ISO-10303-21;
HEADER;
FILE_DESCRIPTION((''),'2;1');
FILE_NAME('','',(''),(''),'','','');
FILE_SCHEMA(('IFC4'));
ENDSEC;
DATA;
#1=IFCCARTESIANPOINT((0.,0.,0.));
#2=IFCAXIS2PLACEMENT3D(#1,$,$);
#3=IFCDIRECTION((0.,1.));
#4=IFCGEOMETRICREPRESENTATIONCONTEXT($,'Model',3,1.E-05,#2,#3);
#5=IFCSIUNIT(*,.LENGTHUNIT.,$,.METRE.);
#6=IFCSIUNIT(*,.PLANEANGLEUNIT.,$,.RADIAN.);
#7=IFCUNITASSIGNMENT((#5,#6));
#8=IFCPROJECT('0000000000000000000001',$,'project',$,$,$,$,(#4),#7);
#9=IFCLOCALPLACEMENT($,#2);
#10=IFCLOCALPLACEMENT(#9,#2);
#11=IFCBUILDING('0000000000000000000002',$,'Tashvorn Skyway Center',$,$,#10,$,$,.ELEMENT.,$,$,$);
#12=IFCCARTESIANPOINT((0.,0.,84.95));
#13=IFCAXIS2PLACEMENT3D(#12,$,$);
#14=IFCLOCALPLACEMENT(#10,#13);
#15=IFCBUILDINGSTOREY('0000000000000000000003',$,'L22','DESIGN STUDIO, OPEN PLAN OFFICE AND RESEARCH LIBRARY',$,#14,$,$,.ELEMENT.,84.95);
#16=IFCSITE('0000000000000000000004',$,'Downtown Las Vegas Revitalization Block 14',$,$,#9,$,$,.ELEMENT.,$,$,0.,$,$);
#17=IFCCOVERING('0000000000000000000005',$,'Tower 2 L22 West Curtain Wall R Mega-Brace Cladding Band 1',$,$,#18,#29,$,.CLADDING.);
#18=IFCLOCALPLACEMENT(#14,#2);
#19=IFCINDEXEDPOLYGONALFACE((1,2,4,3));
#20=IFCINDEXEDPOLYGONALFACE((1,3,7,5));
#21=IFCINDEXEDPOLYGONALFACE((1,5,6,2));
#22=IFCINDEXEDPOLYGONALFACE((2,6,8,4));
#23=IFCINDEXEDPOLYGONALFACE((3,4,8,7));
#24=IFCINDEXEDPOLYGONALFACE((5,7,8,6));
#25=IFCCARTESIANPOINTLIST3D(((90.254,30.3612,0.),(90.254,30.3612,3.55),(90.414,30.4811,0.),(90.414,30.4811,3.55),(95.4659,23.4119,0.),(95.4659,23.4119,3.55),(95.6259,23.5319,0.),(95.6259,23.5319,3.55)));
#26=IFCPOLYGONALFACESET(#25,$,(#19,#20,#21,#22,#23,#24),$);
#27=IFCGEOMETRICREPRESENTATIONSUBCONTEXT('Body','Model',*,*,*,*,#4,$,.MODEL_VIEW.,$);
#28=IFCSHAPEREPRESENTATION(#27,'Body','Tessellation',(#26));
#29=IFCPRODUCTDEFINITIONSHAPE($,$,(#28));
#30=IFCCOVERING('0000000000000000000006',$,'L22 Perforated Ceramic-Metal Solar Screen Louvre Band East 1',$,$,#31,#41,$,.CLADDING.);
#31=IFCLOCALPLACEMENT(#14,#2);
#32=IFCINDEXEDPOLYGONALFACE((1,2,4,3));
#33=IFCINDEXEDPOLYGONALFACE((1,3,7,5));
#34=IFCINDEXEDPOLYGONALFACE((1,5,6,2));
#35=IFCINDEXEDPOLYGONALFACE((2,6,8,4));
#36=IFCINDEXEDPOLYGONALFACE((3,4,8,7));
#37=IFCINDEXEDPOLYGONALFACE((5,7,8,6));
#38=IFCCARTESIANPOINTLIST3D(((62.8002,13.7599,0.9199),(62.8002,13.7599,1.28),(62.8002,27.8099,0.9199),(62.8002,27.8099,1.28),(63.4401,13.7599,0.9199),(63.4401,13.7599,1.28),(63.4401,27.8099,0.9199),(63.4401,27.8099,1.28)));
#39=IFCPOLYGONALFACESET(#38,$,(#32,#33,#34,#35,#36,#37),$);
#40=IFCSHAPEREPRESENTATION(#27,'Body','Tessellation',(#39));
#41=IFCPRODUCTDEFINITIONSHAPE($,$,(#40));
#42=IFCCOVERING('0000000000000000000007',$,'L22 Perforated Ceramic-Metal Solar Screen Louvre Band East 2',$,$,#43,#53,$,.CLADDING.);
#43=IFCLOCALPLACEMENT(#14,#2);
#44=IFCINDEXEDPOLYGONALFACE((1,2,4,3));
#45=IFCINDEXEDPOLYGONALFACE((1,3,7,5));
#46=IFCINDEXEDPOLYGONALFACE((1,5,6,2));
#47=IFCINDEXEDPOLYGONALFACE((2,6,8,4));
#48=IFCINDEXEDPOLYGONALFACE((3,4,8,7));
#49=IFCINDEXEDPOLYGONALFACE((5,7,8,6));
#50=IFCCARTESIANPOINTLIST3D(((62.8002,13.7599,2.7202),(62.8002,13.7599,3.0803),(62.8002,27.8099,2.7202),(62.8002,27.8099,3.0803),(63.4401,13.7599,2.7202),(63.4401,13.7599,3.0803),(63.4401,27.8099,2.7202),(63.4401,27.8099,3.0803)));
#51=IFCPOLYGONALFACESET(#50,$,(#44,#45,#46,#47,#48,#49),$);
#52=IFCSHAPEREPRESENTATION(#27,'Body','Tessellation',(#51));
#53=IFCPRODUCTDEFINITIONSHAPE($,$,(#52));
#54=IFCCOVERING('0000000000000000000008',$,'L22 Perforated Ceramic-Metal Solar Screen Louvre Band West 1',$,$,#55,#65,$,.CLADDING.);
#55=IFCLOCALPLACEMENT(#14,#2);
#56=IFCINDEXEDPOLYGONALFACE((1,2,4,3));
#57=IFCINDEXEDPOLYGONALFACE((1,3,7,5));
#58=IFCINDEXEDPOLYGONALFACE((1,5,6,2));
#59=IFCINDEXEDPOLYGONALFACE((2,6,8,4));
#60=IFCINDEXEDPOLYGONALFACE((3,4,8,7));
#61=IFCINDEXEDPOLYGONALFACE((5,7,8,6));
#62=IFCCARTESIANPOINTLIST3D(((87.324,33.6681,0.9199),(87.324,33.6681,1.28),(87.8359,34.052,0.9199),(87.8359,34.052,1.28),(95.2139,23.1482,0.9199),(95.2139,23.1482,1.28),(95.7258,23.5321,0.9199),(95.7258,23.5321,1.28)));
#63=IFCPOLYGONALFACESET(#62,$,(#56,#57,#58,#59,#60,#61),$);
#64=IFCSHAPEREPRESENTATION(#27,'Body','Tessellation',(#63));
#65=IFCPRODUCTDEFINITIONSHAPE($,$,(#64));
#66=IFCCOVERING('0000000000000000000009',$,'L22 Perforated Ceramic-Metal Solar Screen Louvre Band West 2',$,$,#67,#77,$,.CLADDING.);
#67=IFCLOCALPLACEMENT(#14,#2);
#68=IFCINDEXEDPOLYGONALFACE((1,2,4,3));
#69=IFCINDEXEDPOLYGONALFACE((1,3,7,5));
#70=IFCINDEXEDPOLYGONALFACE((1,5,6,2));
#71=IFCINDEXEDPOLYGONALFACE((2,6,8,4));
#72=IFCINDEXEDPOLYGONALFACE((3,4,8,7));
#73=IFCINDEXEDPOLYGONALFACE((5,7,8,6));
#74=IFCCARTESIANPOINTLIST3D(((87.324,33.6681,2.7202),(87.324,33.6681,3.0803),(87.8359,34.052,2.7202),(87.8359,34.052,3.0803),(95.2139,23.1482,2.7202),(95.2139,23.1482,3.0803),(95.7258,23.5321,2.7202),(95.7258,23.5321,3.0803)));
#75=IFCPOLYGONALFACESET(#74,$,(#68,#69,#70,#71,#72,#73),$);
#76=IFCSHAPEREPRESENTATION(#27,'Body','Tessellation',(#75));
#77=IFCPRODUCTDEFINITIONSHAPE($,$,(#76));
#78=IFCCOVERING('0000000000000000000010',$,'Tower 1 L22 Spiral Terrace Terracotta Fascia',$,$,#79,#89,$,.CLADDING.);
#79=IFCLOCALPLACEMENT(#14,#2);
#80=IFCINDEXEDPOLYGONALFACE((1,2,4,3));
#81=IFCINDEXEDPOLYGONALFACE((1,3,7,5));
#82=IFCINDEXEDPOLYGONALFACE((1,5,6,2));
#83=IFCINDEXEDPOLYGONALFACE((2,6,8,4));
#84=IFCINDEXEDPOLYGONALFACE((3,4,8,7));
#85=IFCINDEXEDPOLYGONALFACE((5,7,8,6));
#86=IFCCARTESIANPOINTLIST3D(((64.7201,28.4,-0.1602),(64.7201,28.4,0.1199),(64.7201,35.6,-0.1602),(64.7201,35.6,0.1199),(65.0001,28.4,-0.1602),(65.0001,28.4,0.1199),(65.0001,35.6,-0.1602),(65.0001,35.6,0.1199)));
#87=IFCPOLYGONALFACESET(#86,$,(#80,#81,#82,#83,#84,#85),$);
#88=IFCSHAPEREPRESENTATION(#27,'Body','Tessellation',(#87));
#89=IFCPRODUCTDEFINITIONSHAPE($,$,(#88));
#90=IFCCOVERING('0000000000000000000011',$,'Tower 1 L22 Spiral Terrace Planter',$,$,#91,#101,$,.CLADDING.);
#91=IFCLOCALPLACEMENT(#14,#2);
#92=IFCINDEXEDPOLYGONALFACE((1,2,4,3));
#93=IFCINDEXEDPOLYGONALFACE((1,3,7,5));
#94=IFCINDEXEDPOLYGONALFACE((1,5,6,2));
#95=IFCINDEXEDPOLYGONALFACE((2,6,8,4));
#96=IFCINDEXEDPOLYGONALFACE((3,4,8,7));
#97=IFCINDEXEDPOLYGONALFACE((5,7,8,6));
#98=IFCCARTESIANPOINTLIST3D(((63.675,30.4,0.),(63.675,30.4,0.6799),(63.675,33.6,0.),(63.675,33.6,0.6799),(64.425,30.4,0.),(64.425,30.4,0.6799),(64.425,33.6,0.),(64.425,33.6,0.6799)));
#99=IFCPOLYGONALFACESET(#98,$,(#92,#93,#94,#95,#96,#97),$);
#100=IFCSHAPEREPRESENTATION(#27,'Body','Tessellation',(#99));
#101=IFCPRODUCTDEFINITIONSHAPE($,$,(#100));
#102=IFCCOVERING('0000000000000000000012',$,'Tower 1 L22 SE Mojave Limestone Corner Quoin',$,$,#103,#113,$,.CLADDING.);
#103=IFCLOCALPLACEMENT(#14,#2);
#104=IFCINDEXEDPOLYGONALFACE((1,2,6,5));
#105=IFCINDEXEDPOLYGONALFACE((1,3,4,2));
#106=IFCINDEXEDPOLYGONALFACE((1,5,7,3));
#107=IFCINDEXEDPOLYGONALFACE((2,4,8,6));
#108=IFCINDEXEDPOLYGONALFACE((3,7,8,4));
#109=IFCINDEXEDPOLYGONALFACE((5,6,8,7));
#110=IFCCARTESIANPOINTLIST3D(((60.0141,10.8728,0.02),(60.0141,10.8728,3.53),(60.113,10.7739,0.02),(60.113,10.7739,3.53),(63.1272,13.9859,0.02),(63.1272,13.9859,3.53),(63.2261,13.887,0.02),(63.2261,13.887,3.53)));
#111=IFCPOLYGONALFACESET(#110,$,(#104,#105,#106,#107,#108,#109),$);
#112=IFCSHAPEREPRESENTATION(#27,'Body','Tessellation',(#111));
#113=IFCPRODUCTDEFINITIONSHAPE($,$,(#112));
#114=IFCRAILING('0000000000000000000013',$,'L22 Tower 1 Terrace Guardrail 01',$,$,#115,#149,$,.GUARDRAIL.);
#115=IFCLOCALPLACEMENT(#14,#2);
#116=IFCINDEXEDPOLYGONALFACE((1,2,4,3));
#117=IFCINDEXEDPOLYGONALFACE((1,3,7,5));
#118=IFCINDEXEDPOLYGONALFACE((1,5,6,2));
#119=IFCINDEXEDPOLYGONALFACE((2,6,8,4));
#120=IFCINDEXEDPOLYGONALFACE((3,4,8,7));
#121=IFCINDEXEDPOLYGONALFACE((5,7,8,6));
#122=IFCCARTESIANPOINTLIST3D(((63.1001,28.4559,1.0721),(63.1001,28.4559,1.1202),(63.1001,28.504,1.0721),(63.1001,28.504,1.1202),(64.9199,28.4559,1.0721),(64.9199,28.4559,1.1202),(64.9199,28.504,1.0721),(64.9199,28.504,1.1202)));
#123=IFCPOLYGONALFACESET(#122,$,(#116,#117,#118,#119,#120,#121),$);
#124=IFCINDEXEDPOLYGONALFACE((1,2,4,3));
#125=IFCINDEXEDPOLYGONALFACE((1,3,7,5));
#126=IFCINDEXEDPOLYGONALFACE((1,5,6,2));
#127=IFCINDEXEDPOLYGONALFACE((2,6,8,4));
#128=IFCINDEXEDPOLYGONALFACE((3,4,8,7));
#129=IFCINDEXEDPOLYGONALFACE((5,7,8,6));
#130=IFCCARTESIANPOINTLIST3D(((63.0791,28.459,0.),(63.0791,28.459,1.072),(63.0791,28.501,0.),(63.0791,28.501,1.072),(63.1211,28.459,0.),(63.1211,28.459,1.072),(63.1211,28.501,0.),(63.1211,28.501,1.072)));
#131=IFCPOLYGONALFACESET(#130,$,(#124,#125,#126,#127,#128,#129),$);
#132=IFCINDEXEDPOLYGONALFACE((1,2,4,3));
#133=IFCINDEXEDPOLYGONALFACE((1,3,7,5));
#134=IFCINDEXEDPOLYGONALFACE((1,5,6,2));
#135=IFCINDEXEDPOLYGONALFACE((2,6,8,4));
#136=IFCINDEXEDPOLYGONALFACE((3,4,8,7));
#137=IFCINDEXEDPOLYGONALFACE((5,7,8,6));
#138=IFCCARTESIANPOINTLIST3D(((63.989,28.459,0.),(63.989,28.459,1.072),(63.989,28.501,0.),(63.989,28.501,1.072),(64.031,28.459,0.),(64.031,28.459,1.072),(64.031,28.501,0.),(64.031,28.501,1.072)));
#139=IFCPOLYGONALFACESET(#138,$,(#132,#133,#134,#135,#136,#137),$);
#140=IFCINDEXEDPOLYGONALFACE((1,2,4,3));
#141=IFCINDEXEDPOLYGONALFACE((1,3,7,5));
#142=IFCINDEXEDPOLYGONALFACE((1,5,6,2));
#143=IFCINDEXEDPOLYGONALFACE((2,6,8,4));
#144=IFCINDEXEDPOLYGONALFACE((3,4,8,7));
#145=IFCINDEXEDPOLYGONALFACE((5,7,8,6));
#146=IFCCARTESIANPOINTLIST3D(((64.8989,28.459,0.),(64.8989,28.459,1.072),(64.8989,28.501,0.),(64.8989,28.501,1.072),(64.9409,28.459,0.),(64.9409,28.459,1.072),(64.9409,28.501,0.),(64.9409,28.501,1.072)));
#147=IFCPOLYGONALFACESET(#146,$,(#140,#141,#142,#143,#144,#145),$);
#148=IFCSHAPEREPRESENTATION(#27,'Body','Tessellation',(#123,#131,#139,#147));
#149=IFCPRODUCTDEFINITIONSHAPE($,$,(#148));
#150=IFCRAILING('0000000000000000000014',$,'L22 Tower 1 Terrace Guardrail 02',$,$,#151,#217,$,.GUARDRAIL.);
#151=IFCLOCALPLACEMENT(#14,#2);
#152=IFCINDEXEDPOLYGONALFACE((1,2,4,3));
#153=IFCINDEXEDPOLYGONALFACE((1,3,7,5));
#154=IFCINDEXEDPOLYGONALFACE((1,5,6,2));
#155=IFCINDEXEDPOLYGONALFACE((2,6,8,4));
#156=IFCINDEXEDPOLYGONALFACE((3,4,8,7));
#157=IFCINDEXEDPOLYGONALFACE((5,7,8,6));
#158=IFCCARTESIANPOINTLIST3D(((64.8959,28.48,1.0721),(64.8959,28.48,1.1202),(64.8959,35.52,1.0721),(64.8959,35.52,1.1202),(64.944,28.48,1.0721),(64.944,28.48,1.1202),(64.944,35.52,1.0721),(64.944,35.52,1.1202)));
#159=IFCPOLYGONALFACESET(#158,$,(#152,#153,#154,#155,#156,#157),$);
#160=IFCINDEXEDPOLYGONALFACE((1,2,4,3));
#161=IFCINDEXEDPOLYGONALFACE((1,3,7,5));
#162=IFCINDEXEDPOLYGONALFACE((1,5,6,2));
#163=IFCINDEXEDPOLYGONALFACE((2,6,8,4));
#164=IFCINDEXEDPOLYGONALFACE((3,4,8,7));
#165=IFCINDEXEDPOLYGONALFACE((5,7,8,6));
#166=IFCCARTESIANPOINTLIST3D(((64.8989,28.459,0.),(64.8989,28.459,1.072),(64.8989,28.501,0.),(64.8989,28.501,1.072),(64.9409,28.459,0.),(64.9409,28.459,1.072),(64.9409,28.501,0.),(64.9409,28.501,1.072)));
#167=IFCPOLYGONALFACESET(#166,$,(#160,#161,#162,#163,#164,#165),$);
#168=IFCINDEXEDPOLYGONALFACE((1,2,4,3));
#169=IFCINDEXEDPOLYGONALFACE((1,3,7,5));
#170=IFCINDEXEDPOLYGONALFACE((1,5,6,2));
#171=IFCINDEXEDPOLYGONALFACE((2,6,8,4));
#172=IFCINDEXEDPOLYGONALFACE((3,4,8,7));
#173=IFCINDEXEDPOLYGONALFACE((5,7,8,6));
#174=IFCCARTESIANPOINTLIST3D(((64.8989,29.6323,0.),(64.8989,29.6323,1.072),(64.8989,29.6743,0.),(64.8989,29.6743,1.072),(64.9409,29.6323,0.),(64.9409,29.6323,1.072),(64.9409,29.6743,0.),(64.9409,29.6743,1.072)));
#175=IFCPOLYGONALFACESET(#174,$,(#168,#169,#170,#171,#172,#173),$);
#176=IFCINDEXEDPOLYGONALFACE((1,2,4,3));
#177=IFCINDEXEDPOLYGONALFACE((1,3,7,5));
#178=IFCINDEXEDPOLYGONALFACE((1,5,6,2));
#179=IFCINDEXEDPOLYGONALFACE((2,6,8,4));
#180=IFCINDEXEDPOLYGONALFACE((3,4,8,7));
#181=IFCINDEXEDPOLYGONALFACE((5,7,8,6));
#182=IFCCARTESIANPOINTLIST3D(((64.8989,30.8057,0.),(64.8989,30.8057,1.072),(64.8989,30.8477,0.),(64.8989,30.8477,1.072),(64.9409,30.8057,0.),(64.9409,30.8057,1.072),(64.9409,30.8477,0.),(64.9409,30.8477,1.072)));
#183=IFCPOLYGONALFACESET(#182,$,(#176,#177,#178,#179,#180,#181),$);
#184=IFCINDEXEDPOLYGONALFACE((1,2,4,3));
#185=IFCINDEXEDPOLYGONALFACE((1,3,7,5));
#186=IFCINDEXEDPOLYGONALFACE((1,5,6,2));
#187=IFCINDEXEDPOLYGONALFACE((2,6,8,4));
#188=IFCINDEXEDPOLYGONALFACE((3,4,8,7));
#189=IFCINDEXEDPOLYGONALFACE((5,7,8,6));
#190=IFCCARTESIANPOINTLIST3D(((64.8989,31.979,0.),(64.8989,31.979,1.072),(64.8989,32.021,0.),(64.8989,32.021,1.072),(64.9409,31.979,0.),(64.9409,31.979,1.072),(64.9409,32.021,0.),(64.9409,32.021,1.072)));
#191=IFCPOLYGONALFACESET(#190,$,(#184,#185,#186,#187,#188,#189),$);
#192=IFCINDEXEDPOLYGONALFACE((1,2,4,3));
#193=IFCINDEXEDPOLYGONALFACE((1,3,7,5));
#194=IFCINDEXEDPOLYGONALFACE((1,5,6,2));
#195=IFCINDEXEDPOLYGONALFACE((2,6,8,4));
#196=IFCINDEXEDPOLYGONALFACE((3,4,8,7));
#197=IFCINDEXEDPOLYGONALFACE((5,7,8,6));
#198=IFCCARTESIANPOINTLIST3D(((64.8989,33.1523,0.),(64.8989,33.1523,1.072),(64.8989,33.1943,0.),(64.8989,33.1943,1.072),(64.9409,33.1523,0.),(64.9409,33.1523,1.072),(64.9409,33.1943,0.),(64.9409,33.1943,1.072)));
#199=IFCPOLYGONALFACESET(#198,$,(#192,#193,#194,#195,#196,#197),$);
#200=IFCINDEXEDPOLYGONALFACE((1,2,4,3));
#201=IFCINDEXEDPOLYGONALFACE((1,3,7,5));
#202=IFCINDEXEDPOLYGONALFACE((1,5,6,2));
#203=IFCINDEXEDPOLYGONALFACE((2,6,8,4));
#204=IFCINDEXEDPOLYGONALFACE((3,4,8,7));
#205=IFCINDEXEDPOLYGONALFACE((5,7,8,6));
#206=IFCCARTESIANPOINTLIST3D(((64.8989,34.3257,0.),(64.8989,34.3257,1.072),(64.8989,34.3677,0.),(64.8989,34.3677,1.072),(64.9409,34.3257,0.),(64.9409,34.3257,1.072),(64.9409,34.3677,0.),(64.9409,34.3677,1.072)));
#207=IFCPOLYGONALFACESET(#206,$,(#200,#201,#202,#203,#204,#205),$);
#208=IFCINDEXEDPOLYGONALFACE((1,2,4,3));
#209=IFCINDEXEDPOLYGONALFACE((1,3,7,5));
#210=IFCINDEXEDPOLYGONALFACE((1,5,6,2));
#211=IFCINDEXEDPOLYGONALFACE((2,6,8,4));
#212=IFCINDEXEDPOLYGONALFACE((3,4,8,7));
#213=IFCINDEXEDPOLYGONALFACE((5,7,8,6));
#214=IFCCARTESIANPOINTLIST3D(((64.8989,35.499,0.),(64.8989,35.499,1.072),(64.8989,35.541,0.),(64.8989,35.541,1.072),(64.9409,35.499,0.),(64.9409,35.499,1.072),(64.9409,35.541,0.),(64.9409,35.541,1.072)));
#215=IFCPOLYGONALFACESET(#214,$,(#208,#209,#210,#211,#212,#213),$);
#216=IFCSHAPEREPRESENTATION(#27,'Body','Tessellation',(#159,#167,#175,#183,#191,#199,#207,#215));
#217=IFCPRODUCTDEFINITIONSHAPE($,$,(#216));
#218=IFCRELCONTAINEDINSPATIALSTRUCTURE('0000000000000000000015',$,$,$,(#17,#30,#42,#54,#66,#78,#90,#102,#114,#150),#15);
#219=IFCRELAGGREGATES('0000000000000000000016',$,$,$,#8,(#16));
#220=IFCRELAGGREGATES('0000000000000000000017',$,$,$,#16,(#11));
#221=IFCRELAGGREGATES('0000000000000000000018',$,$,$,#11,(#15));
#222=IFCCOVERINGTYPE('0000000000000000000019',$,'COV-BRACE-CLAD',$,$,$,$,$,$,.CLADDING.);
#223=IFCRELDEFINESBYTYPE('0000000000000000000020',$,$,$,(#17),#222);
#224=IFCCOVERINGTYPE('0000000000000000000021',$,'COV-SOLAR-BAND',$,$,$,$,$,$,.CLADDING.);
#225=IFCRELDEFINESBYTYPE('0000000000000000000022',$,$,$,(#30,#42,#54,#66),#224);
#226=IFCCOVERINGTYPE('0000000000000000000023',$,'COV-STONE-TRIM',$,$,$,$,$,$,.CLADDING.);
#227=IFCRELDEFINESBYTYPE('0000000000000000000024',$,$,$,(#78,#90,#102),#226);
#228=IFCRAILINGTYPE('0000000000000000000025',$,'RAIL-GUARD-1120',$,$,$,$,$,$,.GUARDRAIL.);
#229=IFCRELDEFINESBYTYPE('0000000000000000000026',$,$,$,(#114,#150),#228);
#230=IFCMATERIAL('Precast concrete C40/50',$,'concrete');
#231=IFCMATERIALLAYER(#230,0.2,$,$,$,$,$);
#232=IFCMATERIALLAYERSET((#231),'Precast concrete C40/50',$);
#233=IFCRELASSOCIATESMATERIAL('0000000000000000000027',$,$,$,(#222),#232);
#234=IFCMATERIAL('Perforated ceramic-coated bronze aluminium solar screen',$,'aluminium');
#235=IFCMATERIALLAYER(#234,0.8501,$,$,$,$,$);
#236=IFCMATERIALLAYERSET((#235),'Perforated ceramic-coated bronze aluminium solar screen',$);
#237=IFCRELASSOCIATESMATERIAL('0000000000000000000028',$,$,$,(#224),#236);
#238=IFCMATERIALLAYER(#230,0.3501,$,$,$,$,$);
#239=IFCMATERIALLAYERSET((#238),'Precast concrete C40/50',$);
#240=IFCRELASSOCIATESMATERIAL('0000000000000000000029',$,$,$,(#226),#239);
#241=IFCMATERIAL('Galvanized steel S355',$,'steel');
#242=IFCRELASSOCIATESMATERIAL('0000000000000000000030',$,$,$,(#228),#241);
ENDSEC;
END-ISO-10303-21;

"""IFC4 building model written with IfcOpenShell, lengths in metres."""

from ifc_helpers import new_model, si_unit, direction, frame, origin, origin_2d, place, context, subcontext, project, spatial, rectangle, extrude, material, layer, layer_set, type_object, element, save


model = new_model("IFC4")

# Units and contexts
model_context = context("Model", 3, precision=1e-05, world=origin(), true_north=direction((0.0, 1.0)))
body_context = subcontext(model_context, "Body", "Model", "MODEL_VIEW")
ifc_project = project(units=[si_unit("LENGTHUNIT", "METRE"), si_unit("PLANEANGLEUNIT", "RADIAN")], contexts=[model_context])

# Site, building, storey
site_placement = place(None, origin())
site = spatial("IfcSite", under=ifc_project, at=site_placement, Name="Downtown Las Vegas Revitalization Block 14", CompositionType="ELEMENT", RefElevation=0.0)
building_placement = place(site_placement, origin())
building = spatial("IfcBuilding", under=site, at=building_placement, Name="Tashvorn Skyway Center", CompositionType="ELEMENT")
storey_placement = place(building_placement, frame((0.0, 0.0, 84.95)))
storey = spatial("IfcBuildingStorey", under=building, at=storey_placement, Name="L22", Description="DESIGN STUDIO, OPEN PLAN OFFICE AND RESEARCH LIBRARY", CompositionType="ELEMENT", Elevation=84.95)

# Shared definitions
ifc_material_1 = material(Name="Precast concrete C40/50", Category="concrete")

# Coverings
ifc_layer_1 = layer(ifc_material_1, 0.2)
ifc_layer_set_1 = layer_set([ifc_layer_1], Name="Precast concrete C40/50")
covering_type_1 = type_object("IfcCoveringType", Name="COV-BRACE-CLAD", PredefinedType="CLADDING", material=ifc_layer_set_1)
covering_1_placement = place(storey_placement, frame((92.9399, 26.9465, 0.0), z_axis=(0.0, 0.0, 1.0), x_axis=(-0.6, 0.8, 0.0)))
element("IfcCovering", 1, at=covering_1_placement, inside=storey, type_object=covering_type_1, Name="Tower 2 L22 West Curtain Wall R Mega-Brace Cladding Band 1", PredefinedType="CLADDING", context=body_context, shape_type="SweptSolid", body=[
    extrude(rectangle(XDim=8.6865, YDim=0.2, at=origin_2d()), origin(), (0.0, 0.0, 1.0), 3.55),
])
ifc_material_2 = material(Name="Perforated ceramic-coated bronze aluminium solar screen", Category="aluminium")
ifc_layer_2 = layer(ifc_material_2, 0.8501)
ifc_layer_set_2 = layer_set([ifc_layer_2], Name="Perforated ceramic-coated bronze aluminium solar screen")
covering_type_2 = type_object("IfcCoveringType", Name="COV-SOLAR-BAND", PredefinedType="CLADDING", material=ifc_layer_set_2)
for number, where, z_axis, x_axis, name in (
    (2, (63.1201, 20.7849, 0.9199), (0.0, 0.0, 1.0), (0.0, -1.0, 0.0), "L22 Perforated Ceramic-Metal Solar Screen Louvre Band East 1"),
    (3, (63.1201, 20.7849, 2.7202), (0.0, 0.0, 1.0), (0.0, -1.0, 0.0), "L22 Perforated Ceramic-Metal Solar Screen Louvre Band East 2"),
):
    element("IfcCovering", number, at=place(storey_placement, frame(where, z_axis=z_axis, x_axis=x_axis)), inside=storey, type_object=covering_type_2, Name=name, PredefinedType="CLADDING", context=body_context, shape_type="SweptSolid", body=[
        extrude(rectangle(XDim=14.05, YDim=0.6399, at=origin_2d()), origin(), (0.0, 0.0, 1.0), 0.3601),
    ])
for number, where, z_axis, x_axis, name in (
    (4, (91.5249, 28.6001, 0.9199), (0.0, 0.0, 1.0), (-0.6, 0.8, 0.0), "L22 Perforated Ceramic-Metal Solar Screen Louvre Band West 1"),
    (5, (91.5249, 28.6001, 2.7202), (0.0, 0.0, 1.0), (-0.6, 0.8, 0.0), "L22 Perforated Ceramic-Metal Solar Screen Louvre Band West 2"),
):
    element("IfcCovering", number, at=place(storey_placement, frame(where, z_axis=z_axis, x_axis=x_axis)), inside=storey, type_object=covering_type_2, Name=name, PredefinedType="CLADDING", context=body_context, shape_type="SweptSolid", body=[
        extrude(rectangle(XDim=13.1499, YDim=0.6399, at=origin_2d()), origin(), (0.0, 0.0, 1.0), 0.3601),
    ])
ifc_layer_3 = layer(ifc_material_1, 0.3501)
ifc_layer_set_3 = layer_set([ifc_layer_3], Name="Precast concrete C40/50")
covering_type_3 = type_object("IfcCoveringType", Name="COV-STONE-TRIM", PredefinedType="CLADDING", material=ifc_layer_set_3)
covering_2_placement = place(storey_placement, frame((64.8601, 32.0, -0.1602), z_axis=(0.0, 0.0, 1.0), x_axis=(0.0, -1.0, 0.0)))
element("IfcCovering", 6, at=covering_2_placement, inside=storey, type_object=covering_type_3, Name="Tower 1 L22 Spiral Terrace Terracotta Fascia", PredefinedType="CLADDING", context=body_context, shape_type="SweptSolid", body=[
    extrude(rectangle(XDim=7.2, YDim=0.28, at=origin_2d()), origin(), (0.0, 0.0, 1.0), 0.28),
])
covering_3_placement = place(storey_placement, frame((64.05, 32.0, 0.0), z_axis=(0.0, 0.0, 1.0), x_axis=(0.0, -1.0, 0.0)))
element("IfcCovering", 7, at=covering_3_placement, inside=storey, type_object=covering_type_3, Name="Tower 1 L22 Spiral Terrace Planter", PredefinedType="CLADDING", context=body_context, shape_type="SweptSolid", body=[
    extrude(rectangle(XDim=3.2, YDim=0.75, at=origin_2d()), origin(), (0.0, 0.0, 1.0), 0.6799),
])
covering_4_placement = place(storey_placement, frame((61.6201, 12.3799, 0.02), z_axis=(0.0, 0.0, 1.0), x_axis=(0.707107, 0.707107, 0.0)))
element("IfcCovering", 8, at=covering_4_placement, inside=storey, type_object=covering_type_3, Name="Tower 1 L22 SE Mojave Limestone Corner Quoin", PredefinedType="CLADDING", context=body_context, shape_type="SweptSolid", body=[
    extrude(rectangle(XDim=4.4026, YDim=0.1399, at=origin_2d()), origin(), (0.0, 0.0, 1.0), 3.51),
])

# Railings
ifc_material_3 = material(Name="Galvanized steel S355", Category="steel")
railing_type = type_object("IfcRailingType", Name="RAIL-GUARD-1120", PredefinedType="GUARDRAIL", material=ifc_material_3)
railing_1_placement = place(storey_placement, frame((63.1001, 28.48, 0.0)))
element("IfcRailing", 9, at=railing_1_placement, inside=storey, type_object=railing_type, Name="L22 Tower 1 Terrace Guardrail 01", PredefinedType="GUARDRAIL", context=body_context, shape_type="SweptSolid", body=[
    extrude(rectangle(XDim=0.0481, YDim=0.0481, at=origin_2d()), frame((0.0, 0.0, 1.0962), z_axis=(1.0, 0.0, 0.0), x_axis=(0.0, 1.0, 0.0)), (0.0, 0.0, 1.0), 1.8198),
    extrude(rectangle(XDim=0.042, YDim=0.042, at=origin_2d()), origin(), (0.0, 0.0, 1.0), 1.072),
    extrude(rectangle(XDim=0.042, YDim=0.042, at=origin_2d()), frame((0.9099, 0.0, 0.0)), (0.0, 0.0, 1.0), 1.072),
    extrude(rectangle(XDim=0.042, YDim=0.042, at=origin_2d()), frame((1.8198, 0.0, 0.0)), (0.0, 0.0, 1.0), 1.072),
])
railing_2_placement = place(storey_placement, frame((64.9199, 28.48, 0.0)))
element("IfcRailing", 10, at=railing_2_placement, inside=storey, type_object=railing_type, Name="L22 Tower 1 Terrace Guardrail 02", PredefinedType="GUARDRAIL", context=body_context, shape_type="SweptSolid", body=[
    extrude(rectangle(XDim=0.0481, YDim=0.0481, at=origin_2d()), frame((0.0, 0.0, 1.0962), z_axis=(0.0, 1.0, 0.0), x_axis=(-1.0, 0.0, 0.0)), (0.0, 0.0, 1.0), 7.04),
    extrude(rectangle(XDim=0.042, YDim=0.042, at=origin_2d()), origin(), (0.0, 0.0, 1.0), 1.072),
    extrude(rectangle(XDim=0.042, YDim=0.042, at=origin_2d()), frame((0.0, 1.1733, 0.0)), (0.0, 0.0, 1.0), 1.072),
    extrude(rectangle(XDim=0.042, YDim=0.042, at=origin_2d()), frame((0.0, 2.3467, 0.0)), (0.0, 0.0, 1.0), 1.072),
    extrude(rectangle(XDim=0.042, YDim=0.042, at=origin_2d()), frame((0.0, 3.52, 0.0)), (0.0, 0.0, 1.0), 1.072),
    extrude(rectangle(XDim=0.042, YDim=0.042, at=origin_2d()), frame((0.0, 4.6934, 0.0)), (0.0, 0.0, 1.0), 1.072),
    extrude(rectangle(XDim=0.042, YDim=0.042, at=origin_2d()), frame((0.0, 5.8667, 0.0)), (0.0, 0.0, 1.0), 1.072),
    extrude(rectangle(XDim=0.042, YDim=0.042, at=origin_2d()), frame((0.0, 7.04, 0.0)), (0.0, 0.0, 1.0), 1.072),
])

save(model, "model.ifc")
